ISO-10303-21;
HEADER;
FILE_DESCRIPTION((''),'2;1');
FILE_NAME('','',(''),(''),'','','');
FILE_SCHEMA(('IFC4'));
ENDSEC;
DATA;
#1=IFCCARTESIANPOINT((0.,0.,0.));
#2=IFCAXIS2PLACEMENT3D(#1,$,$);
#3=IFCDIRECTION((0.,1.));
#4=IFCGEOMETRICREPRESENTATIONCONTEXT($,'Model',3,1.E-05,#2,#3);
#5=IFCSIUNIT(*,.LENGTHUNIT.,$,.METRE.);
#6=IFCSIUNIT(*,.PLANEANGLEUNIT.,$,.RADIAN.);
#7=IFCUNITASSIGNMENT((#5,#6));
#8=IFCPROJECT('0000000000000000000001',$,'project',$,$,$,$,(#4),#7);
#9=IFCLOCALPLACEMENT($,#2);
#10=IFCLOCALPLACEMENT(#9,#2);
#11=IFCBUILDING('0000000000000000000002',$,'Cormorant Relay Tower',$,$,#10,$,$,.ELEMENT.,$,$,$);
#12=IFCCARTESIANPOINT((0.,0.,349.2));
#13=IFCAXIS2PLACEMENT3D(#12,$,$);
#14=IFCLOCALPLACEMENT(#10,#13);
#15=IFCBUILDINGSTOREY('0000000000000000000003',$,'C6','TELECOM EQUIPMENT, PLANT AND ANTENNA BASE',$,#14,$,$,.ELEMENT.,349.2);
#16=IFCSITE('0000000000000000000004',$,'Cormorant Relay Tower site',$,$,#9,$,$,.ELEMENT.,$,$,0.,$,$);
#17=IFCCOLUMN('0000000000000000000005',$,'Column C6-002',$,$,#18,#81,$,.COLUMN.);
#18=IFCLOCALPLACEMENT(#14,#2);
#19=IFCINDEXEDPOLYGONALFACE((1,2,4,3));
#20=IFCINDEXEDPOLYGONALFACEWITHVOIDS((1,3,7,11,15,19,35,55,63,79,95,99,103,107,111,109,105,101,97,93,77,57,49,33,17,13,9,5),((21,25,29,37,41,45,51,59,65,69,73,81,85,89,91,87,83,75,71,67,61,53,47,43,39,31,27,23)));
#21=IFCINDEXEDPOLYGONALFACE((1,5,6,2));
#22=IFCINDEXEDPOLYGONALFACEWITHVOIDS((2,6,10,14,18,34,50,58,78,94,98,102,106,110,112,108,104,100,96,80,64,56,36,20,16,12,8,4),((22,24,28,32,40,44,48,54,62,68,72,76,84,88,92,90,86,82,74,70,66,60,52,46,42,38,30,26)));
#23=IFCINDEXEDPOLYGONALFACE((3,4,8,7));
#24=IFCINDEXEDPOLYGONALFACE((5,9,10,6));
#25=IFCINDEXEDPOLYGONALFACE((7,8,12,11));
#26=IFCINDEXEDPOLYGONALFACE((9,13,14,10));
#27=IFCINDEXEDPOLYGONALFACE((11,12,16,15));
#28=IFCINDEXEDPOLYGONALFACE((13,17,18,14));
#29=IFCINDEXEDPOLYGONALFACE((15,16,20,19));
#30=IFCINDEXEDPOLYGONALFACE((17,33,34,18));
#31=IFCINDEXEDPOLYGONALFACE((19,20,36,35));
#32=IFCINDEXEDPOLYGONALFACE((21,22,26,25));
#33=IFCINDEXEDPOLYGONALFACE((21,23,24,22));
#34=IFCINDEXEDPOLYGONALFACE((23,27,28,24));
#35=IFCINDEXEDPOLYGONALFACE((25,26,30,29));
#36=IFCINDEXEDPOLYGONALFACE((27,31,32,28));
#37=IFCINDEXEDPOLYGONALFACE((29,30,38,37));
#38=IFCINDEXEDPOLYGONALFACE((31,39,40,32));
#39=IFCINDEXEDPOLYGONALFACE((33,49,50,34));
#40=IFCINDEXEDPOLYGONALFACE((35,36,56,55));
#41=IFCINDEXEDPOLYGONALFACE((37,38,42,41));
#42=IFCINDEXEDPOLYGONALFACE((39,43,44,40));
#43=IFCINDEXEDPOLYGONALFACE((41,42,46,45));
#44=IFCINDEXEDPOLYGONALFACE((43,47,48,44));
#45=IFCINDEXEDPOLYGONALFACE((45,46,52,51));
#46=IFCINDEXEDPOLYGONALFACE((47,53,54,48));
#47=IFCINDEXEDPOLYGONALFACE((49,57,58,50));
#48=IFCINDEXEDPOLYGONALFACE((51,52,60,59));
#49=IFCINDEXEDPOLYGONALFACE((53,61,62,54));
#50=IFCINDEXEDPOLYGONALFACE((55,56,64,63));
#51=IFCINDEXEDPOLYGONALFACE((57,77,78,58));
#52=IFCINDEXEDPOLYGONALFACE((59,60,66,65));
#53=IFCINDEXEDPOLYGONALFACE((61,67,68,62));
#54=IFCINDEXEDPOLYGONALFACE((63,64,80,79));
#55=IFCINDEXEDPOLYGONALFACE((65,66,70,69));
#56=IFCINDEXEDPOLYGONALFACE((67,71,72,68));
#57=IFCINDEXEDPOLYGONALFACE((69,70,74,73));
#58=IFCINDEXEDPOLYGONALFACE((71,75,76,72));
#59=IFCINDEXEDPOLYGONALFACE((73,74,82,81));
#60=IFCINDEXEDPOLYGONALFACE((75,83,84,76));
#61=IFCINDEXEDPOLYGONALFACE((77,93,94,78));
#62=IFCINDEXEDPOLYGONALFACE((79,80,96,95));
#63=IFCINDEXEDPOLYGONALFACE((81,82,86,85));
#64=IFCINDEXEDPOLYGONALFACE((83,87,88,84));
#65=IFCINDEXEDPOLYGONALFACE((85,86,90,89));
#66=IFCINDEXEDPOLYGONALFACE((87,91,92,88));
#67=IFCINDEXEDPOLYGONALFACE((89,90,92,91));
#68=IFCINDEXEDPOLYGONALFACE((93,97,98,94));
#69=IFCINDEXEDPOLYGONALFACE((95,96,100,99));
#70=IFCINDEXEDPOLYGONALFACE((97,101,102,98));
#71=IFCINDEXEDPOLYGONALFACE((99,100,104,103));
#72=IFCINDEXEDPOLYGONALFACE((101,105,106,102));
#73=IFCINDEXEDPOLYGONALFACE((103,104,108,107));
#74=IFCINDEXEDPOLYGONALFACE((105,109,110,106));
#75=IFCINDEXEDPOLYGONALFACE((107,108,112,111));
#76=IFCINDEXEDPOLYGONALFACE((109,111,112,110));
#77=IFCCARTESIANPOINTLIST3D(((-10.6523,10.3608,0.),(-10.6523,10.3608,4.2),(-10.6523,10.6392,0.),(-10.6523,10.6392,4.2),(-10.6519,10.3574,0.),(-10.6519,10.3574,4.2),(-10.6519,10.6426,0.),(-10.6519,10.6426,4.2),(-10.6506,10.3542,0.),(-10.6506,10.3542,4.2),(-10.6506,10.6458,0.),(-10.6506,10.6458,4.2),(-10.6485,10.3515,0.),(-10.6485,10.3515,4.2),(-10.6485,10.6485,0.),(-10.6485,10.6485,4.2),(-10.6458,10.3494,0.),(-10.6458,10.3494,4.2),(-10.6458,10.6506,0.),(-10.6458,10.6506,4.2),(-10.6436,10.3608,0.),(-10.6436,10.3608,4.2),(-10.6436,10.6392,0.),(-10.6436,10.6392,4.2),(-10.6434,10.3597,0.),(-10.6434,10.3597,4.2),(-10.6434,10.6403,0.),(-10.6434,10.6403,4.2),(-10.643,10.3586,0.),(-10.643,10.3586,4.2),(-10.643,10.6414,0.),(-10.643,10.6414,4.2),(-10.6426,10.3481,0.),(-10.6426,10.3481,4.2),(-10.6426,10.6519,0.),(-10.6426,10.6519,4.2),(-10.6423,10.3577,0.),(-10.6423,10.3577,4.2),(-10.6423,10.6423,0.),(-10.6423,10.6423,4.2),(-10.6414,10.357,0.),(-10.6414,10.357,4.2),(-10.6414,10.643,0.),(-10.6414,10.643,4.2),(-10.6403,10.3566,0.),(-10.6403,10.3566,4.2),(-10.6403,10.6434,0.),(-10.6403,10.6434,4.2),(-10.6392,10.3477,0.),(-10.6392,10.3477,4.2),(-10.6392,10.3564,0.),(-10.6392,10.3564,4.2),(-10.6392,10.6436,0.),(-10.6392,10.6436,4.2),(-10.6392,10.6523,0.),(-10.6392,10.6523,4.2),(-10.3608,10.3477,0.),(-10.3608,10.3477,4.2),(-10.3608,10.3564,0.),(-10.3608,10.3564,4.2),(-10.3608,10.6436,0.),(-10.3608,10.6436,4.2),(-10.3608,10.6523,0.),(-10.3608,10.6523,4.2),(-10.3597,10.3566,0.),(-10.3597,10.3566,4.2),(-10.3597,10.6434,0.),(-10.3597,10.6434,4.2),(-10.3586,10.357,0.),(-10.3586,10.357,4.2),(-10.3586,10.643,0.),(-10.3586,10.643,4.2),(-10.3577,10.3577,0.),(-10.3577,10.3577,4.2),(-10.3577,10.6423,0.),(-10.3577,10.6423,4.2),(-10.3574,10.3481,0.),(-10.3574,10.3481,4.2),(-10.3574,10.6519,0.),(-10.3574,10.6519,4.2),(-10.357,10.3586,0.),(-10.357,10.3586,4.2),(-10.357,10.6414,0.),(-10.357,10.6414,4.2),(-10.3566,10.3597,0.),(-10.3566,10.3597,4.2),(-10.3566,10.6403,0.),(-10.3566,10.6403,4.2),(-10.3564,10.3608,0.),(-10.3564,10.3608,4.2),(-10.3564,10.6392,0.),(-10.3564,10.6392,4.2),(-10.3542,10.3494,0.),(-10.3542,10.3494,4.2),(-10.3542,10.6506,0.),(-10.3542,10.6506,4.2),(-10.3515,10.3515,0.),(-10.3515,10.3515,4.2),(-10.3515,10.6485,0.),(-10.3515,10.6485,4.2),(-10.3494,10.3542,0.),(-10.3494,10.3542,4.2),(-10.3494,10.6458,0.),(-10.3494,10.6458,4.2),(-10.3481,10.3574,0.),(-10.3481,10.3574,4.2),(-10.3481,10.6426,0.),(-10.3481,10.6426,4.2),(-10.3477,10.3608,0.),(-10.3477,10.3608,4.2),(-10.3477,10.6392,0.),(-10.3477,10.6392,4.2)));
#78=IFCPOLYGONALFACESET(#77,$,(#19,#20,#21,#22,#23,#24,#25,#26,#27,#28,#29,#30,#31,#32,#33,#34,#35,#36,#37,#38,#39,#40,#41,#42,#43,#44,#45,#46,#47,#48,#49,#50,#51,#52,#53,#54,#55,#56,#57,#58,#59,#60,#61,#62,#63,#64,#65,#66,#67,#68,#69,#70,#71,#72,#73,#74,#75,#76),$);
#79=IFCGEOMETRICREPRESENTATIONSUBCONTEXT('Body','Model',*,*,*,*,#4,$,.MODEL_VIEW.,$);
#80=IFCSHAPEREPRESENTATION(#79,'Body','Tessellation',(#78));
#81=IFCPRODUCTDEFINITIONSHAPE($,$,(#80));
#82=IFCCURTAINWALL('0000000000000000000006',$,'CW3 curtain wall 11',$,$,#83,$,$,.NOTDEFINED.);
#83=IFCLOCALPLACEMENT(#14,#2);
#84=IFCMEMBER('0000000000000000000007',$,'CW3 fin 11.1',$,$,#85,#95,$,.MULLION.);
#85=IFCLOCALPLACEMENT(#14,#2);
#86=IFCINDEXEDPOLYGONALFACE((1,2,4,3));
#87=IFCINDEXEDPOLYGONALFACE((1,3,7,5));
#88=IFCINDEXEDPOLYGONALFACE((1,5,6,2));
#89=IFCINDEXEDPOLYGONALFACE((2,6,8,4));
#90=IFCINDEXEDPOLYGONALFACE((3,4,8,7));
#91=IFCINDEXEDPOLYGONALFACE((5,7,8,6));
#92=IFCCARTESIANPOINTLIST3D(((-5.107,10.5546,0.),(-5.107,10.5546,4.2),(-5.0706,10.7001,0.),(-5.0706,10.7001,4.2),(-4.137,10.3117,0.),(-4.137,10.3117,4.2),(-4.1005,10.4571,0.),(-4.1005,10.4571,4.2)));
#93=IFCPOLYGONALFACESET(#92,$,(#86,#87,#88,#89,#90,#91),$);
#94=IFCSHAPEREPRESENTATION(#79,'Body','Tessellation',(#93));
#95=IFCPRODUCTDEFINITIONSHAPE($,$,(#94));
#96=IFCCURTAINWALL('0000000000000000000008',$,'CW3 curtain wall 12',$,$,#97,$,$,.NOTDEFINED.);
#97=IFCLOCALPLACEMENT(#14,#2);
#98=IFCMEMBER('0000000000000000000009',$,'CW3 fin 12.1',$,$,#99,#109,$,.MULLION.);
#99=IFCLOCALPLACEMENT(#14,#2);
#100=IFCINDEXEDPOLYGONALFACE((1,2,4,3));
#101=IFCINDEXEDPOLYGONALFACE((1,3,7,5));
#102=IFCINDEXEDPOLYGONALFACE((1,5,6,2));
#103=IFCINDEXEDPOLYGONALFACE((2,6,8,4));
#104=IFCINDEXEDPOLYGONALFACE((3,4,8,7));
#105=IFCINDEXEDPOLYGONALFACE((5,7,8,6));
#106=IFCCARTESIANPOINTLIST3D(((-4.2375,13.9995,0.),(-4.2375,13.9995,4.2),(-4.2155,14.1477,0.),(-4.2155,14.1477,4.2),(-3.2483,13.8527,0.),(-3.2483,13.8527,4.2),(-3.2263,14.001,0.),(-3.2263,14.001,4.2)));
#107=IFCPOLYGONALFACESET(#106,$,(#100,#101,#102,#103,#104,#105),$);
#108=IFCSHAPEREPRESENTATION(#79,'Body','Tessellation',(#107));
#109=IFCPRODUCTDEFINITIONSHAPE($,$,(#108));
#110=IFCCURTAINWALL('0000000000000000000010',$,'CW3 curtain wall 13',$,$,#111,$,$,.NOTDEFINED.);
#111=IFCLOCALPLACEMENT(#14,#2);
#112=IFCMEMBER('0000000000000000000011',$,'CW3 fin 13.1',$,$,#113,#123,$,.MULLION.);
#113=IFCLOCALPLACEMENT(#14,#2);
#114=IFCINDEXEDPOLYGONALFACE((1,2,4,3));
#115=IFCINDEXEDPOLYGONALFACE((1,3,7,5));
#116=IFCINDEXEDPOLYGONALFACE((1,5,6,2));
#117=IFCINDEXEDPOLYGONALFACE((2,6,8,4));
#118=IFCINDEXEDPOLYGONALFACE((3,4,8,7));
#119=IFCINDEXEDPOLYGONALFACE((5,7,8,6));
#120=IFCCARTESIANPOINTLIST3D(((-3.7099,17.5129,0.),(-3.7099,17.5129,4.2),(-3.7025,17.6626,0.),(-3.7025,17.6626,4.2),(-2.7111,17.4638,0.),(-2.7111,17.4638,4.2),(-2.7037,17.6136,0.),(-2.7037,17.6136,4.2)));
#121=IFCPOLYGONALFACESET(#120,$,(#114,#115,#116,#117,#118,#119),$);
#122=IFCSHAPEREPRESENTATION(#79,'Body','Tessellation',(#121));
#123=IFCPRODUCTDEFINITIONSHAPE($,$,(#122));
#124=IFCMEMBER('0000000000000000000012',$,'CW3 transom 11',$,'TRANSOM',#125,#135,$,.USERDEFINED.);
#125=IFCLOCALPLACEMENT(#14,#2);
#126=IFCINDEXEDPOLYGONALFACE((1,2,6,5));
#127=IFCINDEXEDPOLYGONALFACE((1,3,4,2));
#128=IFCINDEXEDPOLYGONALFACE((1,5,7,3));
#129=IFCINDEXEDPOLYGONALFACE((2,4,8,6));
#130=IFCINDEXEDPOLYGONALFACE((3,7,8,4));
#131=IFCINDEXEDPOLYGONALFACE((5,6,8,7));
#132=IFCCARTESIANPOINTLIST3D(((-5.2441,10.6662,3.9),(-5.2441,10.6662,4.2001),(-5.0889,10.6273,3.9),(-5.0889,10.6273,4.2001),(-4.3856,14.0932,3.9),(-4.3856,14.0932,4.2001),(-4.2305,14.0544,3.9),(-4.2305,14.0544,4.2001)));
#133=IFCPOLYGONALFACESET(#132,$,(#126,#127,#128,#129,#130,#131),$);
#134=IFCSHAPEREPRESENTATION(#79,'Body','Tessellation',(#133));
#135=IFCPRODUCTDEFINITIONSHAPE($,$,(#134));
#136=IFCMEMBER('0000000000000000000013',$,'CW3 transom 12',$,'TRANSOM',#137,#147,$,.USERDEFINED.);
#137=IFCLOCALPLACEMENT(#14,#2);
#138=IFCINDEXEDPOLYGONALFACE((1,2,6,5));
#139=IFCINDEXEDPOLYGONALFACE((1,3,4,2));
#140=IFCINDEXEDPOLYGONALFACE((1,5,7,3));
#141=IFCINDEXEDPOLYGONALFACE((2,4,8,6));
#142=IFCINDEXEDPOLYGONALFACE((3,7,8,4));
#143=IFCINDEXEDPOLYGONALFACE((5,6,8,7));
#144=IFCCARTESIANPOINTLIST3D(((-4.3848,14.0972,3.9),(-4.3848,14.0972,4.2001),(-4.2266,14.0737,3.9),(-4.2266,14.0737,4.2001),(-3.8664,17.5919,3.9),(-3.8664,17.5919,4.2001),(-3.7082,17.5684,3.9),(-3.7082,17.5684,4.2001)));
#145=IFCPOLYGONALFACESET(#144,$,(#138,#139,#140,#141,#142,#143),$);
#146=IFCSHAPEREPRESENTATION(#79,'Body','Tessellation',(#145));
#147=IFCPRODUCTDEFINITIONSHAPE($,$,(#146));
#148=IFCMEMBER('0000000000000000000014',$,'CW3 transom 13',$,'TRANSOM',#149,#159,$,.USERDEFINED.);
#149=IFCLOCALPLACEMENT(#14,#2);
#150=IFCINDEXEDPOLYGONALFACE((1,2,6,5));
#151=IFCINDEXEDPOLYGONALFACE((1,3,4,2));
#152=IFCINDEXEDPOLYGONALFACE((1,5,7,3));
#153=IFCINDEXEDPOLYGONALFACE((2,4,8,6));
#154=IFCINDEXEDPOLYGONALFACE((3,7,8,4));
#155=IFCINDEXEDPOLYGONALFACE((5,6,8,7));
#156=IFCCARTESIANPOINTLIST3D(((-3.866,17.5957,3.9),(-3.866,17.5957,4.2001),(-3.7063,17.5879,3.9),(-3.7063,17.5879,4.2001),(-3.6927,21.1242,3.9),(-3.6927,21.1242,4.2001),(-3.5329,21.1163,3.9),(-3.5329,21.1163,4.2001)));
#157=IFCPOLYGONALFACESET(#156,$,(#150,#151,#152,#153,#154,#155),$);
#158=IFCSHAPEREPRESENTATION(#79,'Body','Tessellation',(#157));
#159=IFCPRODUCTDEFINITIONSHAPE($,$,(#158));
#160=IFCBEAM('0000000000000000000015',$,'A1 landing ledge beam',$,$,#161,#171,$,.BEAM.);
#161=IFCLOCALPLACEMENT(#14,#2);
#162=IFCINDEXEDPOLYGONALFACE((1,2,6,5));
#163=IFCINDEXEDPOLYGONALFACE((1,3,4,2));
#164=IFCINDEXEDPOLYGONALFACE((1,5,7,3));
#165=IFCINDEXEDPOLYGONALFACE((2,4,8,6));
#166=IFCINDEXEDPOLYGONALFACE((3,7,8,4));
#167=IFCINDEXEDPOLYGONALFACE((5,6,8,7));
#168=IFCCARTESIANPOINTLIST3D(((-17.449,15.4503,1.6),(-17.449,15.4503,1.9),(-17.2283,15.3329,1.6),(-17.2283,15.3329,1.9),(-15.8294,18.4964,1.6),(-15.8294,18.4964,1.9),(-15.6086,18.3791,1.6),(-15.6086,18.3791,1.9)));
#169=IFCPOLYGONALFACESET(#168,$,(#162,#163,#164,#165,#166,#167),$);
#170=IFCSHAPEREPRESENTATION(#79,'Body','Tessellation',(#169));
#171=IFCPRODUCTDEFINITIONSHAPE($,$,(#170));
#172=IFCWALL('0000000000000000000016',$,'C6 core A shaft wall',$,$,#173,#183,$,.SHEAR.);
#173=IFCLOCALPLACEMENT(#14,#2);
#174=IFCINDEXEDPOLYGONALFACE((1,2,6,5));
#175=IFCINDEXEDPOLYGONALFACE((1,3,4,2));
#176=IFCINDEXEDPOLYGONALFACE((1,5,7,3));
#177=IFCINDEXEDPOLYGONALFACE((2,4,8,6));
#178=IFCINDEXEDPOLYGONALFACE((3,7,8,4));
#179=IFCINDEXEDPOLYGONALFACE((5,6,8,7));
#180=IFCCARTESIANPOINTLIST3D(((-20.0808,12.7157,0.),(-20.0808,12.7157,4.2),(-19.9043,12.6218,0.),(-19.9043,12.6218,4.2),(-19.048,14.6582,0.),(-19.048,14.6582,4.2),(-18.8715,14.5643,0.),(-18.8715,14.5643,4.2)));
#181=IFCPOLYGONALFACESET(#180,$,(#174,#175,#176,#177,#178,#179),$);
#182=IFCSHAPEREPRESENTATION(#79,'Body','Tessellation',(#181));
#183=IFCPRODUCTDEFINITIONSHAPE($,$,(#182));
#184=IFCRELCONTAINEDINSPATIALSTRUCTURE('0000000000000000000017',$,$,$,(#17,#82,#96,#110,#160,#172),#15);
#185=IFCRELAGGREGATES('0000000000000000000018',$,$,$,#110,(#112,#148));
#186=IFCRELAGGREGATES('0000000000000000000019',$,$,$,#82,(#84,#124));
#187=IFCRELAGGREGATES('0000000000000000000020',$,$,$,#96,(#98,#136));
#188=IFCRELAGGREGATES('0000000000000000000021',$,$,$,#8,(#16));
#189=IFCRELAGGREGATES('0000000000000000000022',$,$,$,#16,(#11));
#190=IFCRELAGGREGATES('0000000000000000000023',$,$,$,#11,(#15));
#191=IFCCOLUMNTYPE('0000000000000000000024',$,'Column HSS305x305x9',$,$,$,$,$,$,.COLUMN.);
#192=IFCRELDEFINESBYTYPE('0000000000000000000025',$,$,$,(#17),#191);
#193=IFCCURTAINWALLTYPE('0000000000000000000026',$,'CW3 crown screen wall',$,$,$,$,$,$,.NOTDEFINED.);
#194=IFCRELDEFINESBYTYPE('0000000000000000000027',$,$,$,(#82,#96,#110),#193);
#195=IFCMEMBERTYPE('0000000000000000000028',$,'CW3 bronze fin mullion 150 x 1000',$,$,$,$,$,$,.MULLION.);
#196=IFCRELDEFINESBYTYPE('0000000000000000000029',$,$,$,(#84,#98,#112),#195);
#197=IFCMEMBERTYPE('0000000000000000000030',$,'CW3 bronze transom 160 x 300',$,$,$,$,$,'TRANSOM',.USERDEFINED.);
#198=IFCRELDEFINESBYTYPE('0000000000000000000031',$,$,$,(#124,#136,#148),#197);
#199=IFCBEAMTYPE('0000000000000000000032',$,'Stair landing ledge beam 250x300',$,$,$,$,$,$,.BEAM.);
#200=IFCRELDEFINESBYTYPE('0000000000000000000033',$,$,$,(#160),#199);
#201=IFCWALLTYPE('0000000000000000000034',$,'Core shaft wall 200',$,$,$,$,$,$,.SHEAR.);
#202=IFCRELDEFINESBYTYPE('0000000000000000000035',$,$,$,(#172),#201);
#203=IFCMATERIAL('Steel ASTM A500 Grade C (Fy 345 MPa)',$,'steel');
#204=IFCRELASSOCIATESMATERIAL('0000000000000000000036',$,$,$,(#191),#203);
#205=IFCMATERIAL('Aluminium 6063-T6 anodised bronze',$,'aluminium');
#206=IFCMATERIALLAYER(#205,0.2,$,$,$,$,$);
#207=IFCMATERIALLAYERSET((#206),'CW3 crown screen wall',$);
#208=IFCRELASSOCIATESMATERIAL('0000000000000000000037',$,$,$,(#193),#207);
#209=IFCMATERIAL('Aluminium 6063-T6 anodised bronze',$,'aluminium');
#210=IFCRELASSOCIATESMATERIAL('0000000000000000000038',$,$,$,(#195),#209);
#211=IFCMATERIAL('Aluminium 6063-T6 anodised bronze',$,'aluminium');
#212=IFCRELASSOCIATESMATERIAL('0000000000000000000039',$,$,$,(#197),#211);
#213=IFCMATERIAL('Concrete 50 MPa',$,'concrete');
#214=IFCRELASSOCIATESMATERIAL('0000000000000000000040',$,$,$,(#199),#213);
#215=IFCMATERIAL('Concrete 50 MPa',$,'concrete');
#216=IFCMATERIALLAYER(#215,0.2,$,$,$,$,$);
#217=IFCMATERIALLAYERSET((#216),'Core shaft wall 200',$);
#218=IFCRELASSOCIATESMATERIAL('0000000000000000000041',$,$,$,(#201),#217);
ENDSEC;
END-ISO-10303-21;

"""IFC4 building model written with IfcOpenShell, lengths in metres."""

from ifc_helpers import new_model, si_unit, direction, frame, frame_2d, origin, origin_2d, place, context, subcontext, project, spatial, rectangle, hollow_rectangle, extrude, material, layer, layer_set, material_profile, profile_set, type_object, element, aggregate, save


model = new_model("IFC4")

# Units and contexts
model_context = context("Model", 3, precision=1e-05, world=origin(), true_north=direction((0.0, 1.0)))
body_context = subcontext(model_context, "Body", "Model", "MODEL_VIEW")
ifc_project = project(units=[si_unit("LENGTHUNIT", "METRE"), si_unit("PLANEANGLEUNIT", "RADIAN")], contexts=[model_context])

# Site, building, storey
site_placement = place(None, origin())
site = spatial("IfcSite", under=ifc_project, at=site_placement, Name="Cormorant Relay Tower site", CompositionType="ELEMENT", RefElevation=0.0)
building_placement = place(site_placement, origin())
building = spatial("IfcBuilding", under=site, at=building_placement, Name="Cormorant Relay Tower", CompositionType="ELEMENT")
storey_placement = place(building_placement, frame((0.0, 0.0, 349.2)))
storey = spatial("IfcBuildingStorey", under=building, at=storey_placement, Name="C6", Description="TELECOM EQUIPMENT, PLANT AND ANTENNA BASE", CompositionType="ELEMENT", Elevation=349.2)

# Column
ifc_material_1 = material(Name="Steel ASTM A500 Grade C (Fy 345 MPa)", Category="steel")
ifc_material_profile_1 = material_profile(ifc_material_1, hollow_rectangle(XDim=0.3047, YDim=0.3047, WallThickness=0.0088, InnerFilletRadius=0.0044, OuterFilletRadius=0.0132, at=origin_2d()), Name="HSS305x305x9")
ifc_profile_set_1 = profile_set([ifc_material_profile_1], Name="Steel ASTM A500 Grade C (Fy 345 MPa)")
column_type = type_object("IfcColumnType", Name="Column HSS305x305x9", PredefinedType="COLUMN", material=ifc_profile_set_1)
column_placement = place(storey_placement, frame((-10.5, 10.5, 0.0), z_axis=(0.0, 0.0, 1.0), x_axis=(1.0, 0.0, 0.0)))
element("IfcColumn", 1, at=column_placement, inside=storey, type_object=column_type, Name="Column C6-002", PredefinedType="COLUMN", context=body_context, shape_type="SweptSolid", body=[
    extrude(hollow_rectangle(XDim=0.3047, YDim=0.3047, WallThickness=0.0088, InnerFilletRadius=0.0044, OuterFilletRadius=0.0132, at=origin_2d()), origin(), (0.0, 0.0, 1.0), 4.2),
])

# Curtain walls, members
ifc_material_2 = material(Name="Aluminium 6063-T6 anodised bronze", Category="aluminium")
ifc_layer_1 = layer(ifc_material_2, 0.2)
ifc_layer_set_1 = layer_set([ifc_layer_1], Name="CW3 crown screen wall")
curtain_wall_type = type_object("IfcCurtainWallType", Name="CW3 crown screen wall", PredefinedType="NOTDEFINED", material=ifc_layer_set_1)
curtain_wall_1_placement = place(storey_placement, origin())
curtain_wall_1 = element("IfcCurtainWall", 2, at=curtain_wall_1_placement, inside=storey, type_object=curtain_wall_type, Name="CW3 curtain wall 11", PredefinedType="NOTDEFINED")
ifc_material_3 = material(Name="Aluminium 6063-T6 anodised bronze", Category="aluminium")
ifc_material_profile_2 = material_profile(ifc_material_3, rectangle(XDim=0.1499, YDim=1.0, at=origin_2d()), Name="AL 150x1000")
ifc_profile_set_2 = profile_set([ifc_material_profile_2], Name="Aluminium 6063-T6 anodised bronze")
member_type_1 = type_object("IfcMemberType", Name="CW3 bronze fin mullion 150 x 1000", PredefinedType="MULLION", material=ifc_profile_set_2)
member_1_placement = place(storey_placement, frame((-4.6038, 10.5059, 0.0), z_axis=(0.0, 0.0, 1.0), x_axis=(0.24298, 0.970031, 0.0)))
member_1 = element("IfcMember", 3, at=member_1_placement, type_object=member_type_1, Name="CW3 fin 11.1", PredefinedType="MULLION", context=body_context, shape_type="SweptSolid", body=[
    extrude(rectangle(XDim=0.1499, YDim=1.0, at=origin_2d()), origin(), (0.0, 0.0, 1.0), 4.2),
])
curtain_wall_2_placement = place(storey_placement, origin())
curtain_wall_2 = element("IfcCurtainWall", 4, at=curtain_wall_2_placement, inside=storey, type_object=curtain_wall_type, Name="CW3 curtain wall 12", PredefinedType="NOTDEFINED")
member_2_placement = place(storey_placement, frame((-3.7319, 14.0002, 0.0), z_axis=(0.0, 0.0, 1.0), x_axis=(0.14673, 0.989177, 0.0)))
member_2 = element("IfcMember", 5, at=member_2_placement, type_object=member_type_1, Name="CW3 fin 12.1", PredefinedType="MULLION", context=body_context, shape_type="SweptSolid", body=[
    extrude(rectangle(XDim=0.1499, YDim=1.0, at=origin_2d()), origin(), (0.0, 0.0, 1.0), 4.2),
])
curtain_wall_3_placement = place(storey_placement, origin())
curtain_wall_3 = element("IfcCurtainWall", 6, at=curtain_wall_3_placement, inside=storey, type_object=curtain_wall_type, Name="CW3 curtain wall 13", PredefinedType="NOTDEFINED")
member_3_placement = place(storey_placement, frame((-3.2068, 17.5632, 0.0), z_axis=(0.0, 0.0, 1.0), x_axis=(0.049068, 0.998795, 0.0)))
member_3 = element("IfcMember", 7, at=member_3_placement, type_object=member_type_1, Name="CW3 fin 13.1", PredefinedType="MULLION", context=body_context, shape_type="SweptSolid", body=[
    extrude(rectangle(XDim=0.1499, YDim=1.0, at=origin_2d()), origin(), (0.0, 0.0, 1.0), 4.2),
])

# Members
ifc_material_4 = material(Name="Aluminium 6063-T6 anodised bronze", Category="aluminium")
ifc_material_profile_3 = material_profile(ifc_material_4, rectangle(XDim=0.1599, YDim=0.3, at=origin_2d()), Name="AL 160x300")
ifc_profile_set_3 = profile_set([ifc_material_profile_3], Name="Aluminium 6063-T6 anodised bronze")
member_type_2 = type_object("IfcMemberType", Name="CW3 bronze transom 160 x 300", ElementType="TRANSOM", PredefinedType="USERDEFINED", material=ifc_profile_set_3)
member_4_placement = place(storey_placement, frame((-5.1665, 10.6467, 4.05), z_axis=(0.242975, 0.970033, 0.0), x_axis=(-0.970033, 0.242975, 0.0)))
member_4 = element("IfcMember", 8, at=member_4_placement, type_object=member_type_2, Name="CW3 transom 11", ObjectType="TRANSOM", PredefinedType="USERDEFINED", context=body_context, shape_type="SweptSolid", body=[
    extrude(rectangle(XDim=0.1599, YDim=0.3, at=origin_2d()), origin(), (0.0, 0.0, 1.0), 3.533),
])
member_5_placement = place(storey_placement, frame((-4.3057, 14.0854, 4.05), z_axis=(0.146711, 0.989179, 0.0), x_axis=(-0.989179, 0.146711, 0.0)))
member_5 = element("IfcMember", 9, at=member_5_placement, type_object=member_type_2, Name="CW3 transom 12", ObjectType="TRANSOM", PredefinedType="USERDEFINED", context=body_context, shape_type="SweptSolid", body=[
    extrude(rectangle(XDim=0.1599, YDim=0.3, at=origin_2d()), origin(), (0.0, 0.0, 1.0), 3.533),
])
member_6_placement = place(storey_placement, frame((-3.7861, 17.5918, 4.05), z_axis=(0.049066, 0.998796, 0.0), x_axis=(-0.998796, 0.049066, 0.0)))
member_6 = element("IfcMember", 10, at=member_6_placement, type_object=member_type_2, Name="CW3 transom 13", ObjectType="TRANSOM", PredefinedType="USERDEFINED", context=body_context, shape_type="SweptSolid", body=[
    extrude(rectangle(XDim=0.1599, YDim=0.3, at=origin_2d()), origin(), (0.0, 0.0, 1.0), 3.5327),
])
aggregate(curtain_wall_3, [member_3, member_6])

# Beam
ifc_material_5 = material(Name="Concrete 50 MPa", Category="concrete")
ifc_material_profile_4 = material_profile(ifc_material_5, rectangle(XDim=0.25, YDim=0.3, at=origin_2d()), Name="RC 250x300")
ifc_profile_set_4 = profile_set([ifc_material_profile_4], Name="Concrete 50 MPa")
beam_type = type_object("IfcBeamType", Name="Stair landing ledge beam 250x300", PredefinedType="BEAM", material=ifc_profile_set_4)
beam_placement = place(storey_placement, frame((-17.3386, 15.3916, 1.75), z_axis=(0.469464, 0.882952, 0.0), x_axis=(-0.882952, 0.469464, 0.0)))
element("IfcBeam", 11, at=beam_placement, inside=storey, type_object=beam_type, Name="A1 landing ledge beam", PredefinedType="BEAM", context=body_context, shape_type="SweptSolid", body=[
    extrude(rectangle(XDim=0.25, YDim=0.3, at=origin_2d()), origin(), (0.0, 0.0, 1.0), 3.45),
])

# Wall
ifc_material_6 = material(Name="Concrete 50 MPa", Category="concrete")
ifc_layer_2 = layer(ifc_material_6, 0.2)
ifc_layer_set_2 = layer_set([ifc_layer_2], Name="Core shaft wall 200")
wall_type_1 = type_object("IfcWallType", Name="Core shaft wall 200", PredefinedType="SHEAR", material=ifc_layer_set_2)
wall_1_placement = place(storey_placement, frame((-18.9597, 14.6113, 0.0), z_axis=(0.0, 0.0, 1.0), x_axis=(-0.469447, -0.88296, 0.0)))
element("IfcWall", 12, at=wall_1_placement, inside=storey, type_object=wall_type_1, Name="C6 core A shaft wall", PredefinedType="SHEAR", context=body_context, shape_type="SweptSolid", body=[
    extrude(rectangle(XDim=2.2, YDim=0.2, at=frame_2d((1.1001, 0.0))), origin(), (0.0, 0.0, 1.0), 4.2),
])

aggregate(curtain_wall_1, [member_1, member_4])
aggregate(curtain_wall_2, [member_2, member_5])

save(model, "model.ifc")
